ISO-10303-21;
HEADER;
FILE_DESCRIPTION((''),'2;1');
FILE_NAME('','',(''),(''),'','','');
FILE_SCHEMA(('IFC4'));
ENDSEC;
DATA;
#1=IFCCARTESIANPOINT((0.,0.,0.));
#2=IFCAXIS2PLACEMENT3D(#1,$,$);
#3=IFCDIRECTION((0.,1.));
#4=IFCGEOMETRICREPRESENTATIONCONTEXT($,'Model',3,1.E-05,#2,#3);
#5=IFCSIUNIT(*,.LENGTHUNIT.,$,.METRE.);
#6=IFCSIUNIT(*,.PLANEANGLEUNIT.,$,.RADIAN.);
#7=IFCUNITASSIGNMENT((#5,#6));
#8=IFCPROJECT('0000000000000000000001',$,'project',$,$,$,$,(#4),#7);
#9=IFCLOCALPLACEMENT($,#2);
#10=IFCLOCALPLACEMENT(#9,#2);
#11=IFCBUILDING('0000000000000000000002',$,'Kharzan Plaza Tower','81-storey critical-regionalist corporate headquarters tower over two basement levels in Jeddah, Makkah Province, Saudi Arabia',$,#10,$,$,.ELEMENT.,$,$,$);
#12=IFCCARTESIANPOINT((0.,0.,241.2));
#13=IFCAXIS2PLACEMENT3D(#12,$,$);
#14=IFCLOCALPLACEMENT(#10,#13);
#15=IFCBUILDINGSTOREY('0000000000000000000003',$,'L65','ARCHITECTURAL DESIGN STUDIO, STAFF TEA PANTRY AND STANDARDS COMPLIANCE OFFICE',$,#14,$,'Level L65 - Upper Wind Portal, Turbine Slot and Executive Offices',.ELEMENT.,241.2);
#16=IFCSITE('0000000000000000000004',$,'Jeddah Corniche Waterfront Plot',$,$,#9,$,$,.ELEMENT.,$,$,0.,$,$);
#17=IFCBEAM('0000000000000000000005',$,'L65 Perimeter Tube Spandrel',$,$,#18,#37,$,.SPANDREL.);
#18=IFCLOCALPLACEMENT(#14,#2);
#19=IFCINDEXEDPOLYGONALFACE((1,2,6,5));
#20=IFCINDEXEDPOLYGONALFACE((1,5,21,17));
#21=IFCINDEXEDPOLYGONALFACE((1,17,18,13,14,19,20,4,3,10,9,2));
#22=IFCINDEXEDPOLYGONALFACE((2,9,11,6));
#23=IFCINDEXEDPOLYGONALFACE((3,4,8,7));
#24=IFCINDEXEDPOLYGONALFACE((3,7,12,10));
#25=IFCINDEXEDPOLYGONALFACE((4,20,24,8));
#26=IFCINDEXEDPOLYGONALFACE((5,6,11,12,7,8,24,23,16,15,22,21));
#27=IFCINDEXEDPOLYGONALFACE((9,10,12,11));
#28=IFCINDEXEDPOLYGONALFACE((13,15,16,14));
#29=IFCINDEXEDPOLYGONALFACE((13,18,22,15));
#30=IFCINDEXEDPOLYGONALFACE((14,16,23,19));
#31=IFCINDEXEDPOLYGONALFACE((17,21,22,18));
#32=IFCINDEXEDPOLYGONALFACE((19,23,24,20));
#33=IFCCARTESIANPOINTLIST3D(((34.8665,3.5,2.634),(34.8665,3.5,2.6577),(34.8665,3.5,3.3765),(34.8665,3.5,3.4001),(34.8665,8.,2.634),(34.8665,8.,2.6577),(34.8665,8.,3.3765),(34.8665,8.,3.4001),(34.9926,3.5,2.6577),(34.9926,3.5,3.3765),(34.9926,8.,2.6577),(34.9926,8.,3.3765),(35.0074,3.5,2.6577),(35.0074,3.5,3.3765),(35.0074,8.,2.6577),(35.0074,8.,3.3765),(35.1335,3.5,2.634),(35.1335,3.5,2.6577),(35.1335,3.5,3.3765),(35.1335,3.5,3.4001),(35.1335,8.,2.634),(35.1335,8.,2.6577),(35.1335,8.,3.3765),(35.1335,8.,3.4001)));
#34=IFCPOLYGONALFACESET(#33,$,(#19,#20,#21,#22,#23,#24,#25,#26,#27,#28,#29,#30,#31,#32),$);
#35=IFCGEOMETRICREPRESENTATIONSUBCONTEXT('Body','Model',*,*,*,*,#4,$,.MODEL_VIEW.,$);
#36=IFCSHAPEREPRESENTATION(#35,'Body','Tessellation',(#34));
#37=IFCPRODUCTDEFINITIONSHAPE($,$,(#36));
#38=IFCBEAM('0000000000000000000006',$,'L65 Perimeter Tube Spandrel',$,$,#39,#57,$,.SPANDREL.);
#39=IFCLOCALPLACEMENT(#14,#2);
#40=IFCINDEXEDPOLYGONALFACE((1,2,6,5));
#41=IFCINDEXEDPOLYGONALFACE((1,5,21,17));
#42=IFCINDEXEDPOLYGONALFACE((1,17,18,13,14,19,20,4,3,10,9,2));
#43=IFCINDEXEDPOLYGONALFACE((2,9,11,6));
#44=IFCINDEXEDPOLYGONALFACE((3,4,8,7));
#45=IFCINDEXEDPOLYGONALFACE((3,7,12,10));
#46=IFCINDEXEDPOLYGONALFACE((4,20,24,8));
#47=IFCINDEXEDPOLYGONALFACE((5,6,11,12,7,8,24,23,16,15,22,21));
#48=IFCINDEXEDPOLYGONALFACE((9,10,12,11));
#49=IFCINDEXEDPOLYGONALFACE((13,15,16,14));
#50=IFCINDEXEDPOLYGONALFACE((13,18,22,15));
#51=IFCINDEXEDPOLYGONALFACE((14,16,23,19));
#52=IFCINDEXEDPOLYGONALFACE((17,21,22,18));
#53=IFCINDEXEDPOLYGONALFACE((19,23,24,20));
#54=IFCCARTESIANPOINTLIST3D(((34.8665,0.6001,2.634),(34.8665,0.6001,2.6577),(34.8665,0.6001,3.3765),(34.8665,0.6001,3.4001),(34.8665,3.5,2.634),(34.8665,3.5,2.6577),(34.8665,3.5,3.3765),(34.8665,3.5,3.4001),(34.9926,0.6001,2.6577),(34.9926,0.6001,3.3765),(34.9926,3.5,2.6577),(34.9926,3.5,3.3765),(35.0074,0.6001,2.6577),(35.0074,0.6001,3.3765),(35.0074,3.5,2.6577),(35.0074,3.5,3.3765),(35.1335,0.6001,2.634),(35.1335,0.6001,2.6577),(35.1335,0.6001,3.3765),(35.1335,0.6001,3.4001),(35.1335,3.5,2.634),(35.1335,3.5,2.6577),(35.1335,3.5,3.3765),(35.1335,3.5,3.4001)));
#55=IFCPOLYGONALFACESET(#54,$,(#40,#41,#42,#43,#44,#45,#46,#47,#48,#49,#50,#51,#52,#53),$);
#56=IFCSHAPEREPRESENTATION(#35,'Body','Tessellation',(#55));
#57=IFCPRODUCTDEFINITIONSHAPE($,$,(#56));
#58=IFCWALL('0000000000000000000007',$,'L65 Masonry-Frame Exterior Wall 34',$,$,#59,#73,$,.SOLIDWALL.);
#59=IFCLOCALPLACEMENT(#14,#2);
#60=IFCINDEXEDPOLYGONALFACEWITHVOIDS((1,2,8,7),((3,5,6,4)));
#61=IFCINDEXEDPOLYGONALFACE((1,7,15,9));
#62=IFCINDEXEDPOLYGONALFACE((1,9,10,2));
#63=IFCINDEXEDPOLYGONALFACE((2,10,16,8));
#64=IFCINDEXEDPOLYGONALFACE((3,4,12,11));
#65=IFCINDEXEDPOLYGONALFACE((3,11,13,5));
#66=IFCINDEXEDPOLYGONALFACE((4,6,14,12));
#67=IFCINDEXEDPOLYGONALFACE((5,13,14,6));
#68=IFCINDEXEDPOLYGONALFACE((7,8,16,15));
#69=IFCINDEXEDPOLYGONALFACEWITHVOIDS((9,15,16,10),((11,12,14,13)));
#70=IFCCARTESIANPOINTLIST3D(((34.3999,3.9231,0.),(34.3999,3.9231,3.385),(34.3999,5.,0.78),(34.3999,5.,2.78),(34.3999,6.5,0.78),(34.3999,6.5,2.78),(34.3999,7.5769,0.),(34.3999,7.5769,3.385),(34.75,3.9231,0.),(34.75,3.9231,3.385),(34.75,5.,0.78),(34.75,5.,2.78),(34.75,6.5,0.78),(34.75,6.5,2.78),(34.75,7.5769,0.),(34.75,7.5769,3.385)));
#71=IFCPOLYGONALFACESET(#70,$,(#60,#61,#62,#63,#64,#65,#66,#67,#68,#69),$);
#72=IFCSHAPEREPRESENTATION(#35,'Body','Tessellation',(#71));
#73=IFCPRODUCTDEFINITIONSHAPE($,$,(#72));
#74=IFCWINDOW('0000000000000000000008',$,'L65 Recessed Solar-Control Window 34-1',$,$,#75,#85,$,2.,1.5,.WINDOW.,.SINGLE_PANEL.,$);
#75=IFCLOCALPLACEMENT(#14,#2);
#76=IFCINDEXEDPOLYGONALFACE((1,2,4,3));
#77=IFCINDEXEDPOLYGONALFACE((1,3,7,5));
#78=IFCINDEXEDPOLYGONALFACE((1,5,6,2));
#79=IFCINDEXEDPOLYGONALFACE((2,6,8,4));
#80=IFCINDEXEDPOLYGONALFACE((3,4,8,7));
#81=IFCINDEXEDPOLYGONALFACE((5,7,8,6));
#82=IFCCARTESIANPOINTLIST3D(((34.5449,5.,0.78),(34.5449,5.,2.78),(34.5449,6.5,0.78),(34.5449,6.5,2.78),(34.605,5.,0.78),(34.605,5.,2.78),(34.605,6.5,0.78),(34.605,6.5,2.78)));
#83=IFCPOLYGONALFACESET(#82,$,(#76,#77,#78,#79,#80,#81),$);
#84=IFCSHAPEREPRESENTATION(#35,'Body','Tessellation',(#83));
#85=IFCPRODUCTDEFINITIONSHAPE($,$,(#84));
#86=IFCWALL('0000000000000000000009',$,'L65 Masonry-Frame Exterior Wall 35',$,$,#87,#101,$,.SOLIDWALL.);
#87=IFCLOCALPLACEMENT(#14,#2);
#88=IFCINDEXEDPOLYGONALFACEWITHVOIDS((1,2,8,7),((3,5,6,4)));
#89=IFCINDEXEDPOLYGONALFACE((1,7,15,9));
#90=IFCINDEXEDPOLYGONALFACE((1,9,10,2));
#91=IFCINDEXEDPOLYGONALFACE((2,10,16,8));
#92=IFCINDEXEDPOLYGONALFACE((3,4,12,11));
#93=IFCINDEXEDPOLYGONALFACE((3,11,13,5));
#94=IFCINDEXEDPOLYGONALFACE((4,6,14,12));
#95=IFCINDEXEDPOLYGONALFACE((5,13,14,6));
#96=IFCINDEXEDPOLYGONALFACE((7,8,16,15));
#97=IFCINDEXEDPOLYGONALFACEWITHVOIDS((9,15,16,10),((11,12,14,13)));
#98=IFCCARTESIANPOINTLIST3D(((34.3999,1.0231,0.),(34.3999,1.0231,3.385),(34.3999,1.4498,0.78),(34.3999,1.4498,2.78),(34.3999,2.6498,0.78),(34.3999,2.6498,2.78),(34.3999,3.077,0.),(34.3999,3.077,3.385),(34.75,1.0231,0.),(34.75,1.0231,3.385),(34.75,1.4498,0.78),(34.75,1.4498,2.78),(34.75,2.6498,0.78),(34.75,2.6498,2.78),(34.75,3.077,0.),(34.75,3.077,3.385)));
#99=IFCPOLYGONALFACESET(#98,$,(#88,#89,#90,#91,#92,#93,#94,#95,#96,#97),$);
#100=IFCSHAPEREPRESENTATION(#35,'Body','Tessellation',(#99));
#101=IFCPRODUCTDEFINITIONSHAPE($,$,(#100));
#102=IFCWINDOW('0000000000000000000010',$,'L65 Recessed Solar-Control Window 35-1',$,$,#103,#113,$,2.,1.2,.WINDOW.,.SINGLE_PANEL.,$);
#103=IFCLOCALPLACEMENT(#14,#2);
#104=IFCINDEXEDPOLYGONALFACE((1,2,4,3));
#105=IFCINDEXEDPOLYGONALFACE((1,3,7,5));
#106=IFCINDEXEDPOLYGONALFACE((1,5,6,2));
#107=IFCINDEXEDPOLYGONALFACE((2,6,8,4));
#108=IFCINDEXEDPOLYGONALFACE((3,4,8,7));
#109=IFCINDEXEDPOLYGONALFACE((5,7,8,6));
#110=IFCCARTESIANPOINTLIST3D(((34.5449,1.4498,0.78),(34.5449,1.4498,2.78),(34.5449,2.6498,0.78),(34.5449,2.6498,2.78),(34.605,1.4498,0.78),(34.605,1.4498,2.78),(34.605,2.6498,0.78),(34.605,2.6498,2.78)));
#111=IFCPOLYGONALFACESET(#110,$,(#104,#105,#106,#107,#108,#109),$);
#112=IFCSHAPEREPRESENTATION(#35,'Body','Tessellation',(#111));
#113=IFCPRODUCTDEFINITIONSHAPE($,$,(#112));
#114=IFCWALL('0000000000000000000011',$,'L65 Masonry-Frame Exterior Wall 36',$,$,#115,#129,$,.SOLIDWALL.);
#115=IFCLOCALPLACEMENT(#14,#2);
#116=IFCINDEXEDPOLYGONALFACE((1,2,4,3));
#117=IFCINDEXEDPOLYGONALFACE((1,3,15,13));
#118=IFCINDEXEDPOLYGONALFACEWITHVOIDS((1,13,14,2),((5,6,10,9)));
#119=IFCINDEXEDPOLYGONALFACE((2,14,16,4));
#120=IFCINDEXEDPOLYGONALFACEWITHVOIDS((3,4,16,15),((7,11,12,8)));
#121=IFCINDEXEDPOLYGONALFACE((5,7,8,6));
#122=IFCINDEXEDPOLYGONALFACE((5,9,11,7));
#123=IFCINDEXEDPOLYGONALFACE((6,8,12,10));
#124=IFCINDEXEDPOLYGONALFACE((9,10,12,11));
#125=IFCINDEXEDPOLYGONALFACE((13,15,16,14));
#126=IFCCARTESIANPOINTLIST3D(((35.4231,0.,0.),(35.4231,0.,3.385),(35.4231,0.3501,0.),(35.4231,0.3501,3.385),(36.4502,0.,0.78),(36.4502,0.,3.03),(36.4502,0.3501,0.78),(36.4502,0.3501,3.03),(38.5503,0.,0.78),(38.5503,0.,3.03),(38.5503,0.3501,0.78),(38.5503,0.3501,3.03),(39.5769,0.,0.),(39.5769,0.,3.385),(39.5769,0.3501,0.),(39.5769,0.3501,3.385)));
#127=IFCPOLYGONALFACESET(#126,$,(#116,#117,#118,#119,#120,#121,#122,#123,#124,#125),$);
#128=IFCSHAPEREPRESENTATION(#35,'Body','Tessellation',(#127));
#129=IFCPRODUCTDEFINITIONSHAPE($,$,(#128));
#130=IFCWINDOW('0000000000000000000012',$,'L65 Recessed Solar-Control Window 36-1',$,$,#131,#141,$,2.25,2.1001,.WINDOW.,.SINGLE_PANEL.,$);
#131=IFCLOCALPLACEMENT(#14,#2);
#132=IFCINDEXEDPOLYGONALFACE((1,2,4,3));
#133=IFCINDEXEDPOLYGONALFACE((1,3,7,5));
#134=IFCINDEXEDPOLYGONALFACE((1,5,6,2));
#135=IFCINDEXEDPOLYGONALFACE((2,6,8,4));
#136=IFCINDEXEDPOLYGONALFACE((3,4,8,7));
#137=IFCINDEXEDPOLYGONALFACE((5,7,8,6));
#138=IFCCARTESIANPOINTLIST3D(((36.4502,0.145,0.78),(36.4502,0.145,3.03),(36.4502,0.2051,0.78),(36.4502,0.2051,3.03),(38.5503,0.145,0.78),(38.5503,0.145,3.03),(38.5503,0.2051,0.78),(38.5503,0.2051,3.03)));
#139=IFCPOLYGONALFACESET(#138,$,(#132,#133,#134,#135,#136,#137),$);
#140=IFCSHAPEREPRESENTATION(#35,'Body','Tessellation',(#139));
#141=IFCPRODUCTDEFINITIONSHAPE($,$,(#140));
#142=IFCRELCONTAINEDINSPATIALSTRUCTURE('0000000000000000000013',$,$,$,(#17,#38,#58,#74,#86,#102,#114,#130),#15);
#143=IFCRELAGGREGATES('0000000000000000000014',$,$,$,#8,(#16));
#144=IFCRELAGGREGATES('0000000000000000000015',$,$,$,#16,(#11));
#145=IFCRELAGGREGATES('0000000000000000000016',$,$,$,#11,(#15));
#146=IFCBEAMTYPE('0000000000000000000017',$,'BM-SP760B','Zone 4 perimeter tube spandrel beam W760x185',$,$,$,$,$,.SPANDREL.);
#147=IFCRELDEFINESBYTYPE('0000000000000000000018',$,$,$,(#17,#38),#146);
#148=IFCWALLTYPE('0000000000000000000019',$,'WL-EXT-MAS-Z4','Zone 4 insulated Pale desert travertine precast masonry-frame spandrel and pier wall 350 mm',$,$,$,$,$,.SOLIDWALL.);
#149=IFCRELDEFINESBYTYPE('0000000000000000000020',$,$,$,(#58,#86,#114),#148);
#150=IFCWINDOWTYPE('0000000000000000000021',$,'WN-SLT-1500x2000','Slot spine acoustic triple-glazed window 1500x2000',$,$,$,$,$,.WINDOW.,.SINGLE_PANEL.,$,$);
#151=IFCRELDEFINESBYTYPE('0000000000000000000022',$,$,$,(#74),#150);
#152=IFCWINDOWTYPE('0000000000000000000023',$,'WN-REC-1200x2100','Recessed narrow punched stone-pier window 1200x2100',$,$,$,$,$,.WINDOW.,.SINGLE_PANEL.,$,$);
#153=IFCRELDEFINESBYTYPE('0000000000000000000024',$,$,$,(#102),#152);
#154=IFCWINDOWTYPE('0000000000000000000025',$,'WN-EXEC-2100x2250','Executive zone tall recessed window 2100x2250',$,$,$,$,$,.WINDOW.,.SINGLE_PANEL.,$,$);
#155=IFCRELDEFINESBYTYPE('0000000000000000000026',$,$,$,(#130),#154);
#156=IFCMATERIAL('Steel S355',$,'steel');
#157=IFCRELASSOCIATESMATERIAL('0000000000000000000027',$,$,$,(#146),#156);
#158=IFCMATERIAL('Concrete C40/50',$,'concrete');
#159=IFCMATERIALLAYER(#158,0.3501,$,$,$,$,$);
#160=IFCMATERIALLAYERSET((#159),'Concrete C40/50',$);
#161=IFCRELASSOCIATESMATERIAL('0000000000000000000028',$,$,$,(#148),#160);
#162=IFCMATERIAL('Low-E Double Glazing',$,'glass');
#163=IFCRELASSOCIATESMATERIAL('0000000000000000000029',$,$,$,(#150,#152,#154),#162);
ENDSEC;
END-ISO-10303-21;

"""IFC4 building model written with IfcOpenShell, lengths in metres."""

from ifc_helpers import new_model, si_unit, direction, frame, frame_2d, origin, origin_2d, place, context, subcontext, project, spatial, rectangle, i_section, extrude, source, transform, mapped, material, layer, layer_set, material_profile, profile_set, type_object, element, fill, save


model = new_model("IFC4")

# Units and contexts
model_context = context("Model", 3, precision=1e-05, world=origin(), true_north=direction((0.0, 1.0)))
body_context = subcontext(model_context, "Body", "Model", "MODEL_VIEW")
ifc_project = project(units=[si_unit("LENGTHUNIT", "METRE"), si_unit("PLANEANGLEUNIT", "RADIAN")], contexts=[model_context])

# Site, building, storey
site_placement = place(None, origin())
site = spatial("IfcSite", under=ifc_project, at=site_placement, Name="Jeddah Corniche Waterfront Plot", CompositionType="ELEMENT", RefElevation=0.0)
building_placement = place(site_placement, origin())
building = spatial("IfcBuilding", under=site, at=building_placement, Name="Kharzan Plaza Tower", Description="81-storey critical-regionalist corporate headquarters tower over two basement levels in Jeddah, Makkah Province, Saudi Arabia", CompositionType="ELEMENT")
storey_placement = place(building_placement, frame((0.0, 0.0, 241.2)))
storey = spatial("IfcBuildingStorey", under=building, at=storey_placement, Name="L65", Description="ARCHITECTURAL DESIGN STUDIO, STAFF TEA PANTRY AND STANDARDS COMPLIANCE OFFICE", LongName="Level L65 - Upper Wind Portal, Turbine Slot and Executive Offices", CompositionType="ELEMENT", Elevation=241.2)

# Beams
ifc_material_1 = material(Name="Steel S355", Category="steel")
ifc_material_profile_1 = material_profile(ifc_material_1, i_section(OverallWidth=0.2671, OverallDepth=0.7661, WebThickness=0.0149, FlangeThickness=0.0237, at=origin_2d()), Name="W760x185")
ifc_profile_set_1 = profile_set([ifc_material_profile_1], Name="Steel S355")
beam_type_1 = type_object("IfcBeamType", Name="BM-SP760B", Description="Zone 4 perimeter tube spandrel beam W760x185", PredefinedType="SPANDREL", material=ifc_profile_set_1)
shared_shape_1 = source(origin(), body_context, "Body", "SweptSolid", [
    extrude(i_section(OverallWidth=0.2671, OverallDepth=0.7661, WebThickness=0.0149, FlangeThickness=0.0237, at=origin_2d()), origin(), (0.0, 0.0, 1.0), 4.5),
])
beam_1_placement = place(storey_placement, frame((35.0, 3.5, 3.0171), z_axis=(0.0, 1.0, 0.0), x_axis=(-1.0, 0.0, 0.0)))
element("IfcBeam", 1, at=beam_1_placement, inside=storey, type_object=beam_type_1, Name="L65 Perimeter Tube Spandrel", PredefinedType="SPANDREL", context=body_context, shape_type="MappedRepresentation", body=[
    mapped(shared_shape_1, transform((0.0, 0.0, 0.0), x_axis=(1.0, 0.0, 0.0), y_axis=(0.0, 1.0, 0.0), z_axis=(0.0, 0.0, 1.0))),
])
shared_shape_2 = source(origin(), body_context, "Body", "SweptSolid", [
    extrude(i_section(OverallWidth=0.2671, OverallDepth=0.7661, WebThickness=0.0149, FlangeThickness=0.0237, at=origin_2d()), origin(), (0.0, 0.0, 1.0), 2.8999),
])
beam_2_placement = place(storey_placement, frame((35.0, 0.6001, 3.0171), z_axis=(0.0, 1.0, 0.0), x_axis=(-1.0, 0.0, 0.0)))
element("IfcBeam", 2, at=beam_2_placement, inside=storey, type_object=beam_type_1, Name="L65 Perimeter Tube Spandrel", PredefinedType="SPANDREL", context=body_context, shape_type="MappedRepresentation", body=[
    mapped(shared_shape_2, transform((0.0, 0.0, 0.0), x_axis=(1.0, 0.0, 0.0), y_axis=(0.0, 1.0, 0.0), z_axis=(0.0, 0.0, 1.0))),
])

# Walls, openings, windows
ifc_material_2 = material(Name="Concrete C40/50", Category="concrete")
ifc_layer_1 = layer(ifc_material_2, 0.3501)
ifc_layer_set_1 = layer_set([ifc_layer_1], Name="Concrete C40/50")
wall_type_1 = type_object("IfcWallType", Name="WL-EXT-MAS-Z4", Description="Zone 4 insulated Pale desert travertine precast masonry-frame spandrel and pier wall 350 mm", PredefinedType="SOLIDWALL", material=ifc_layer_set_1)
wall_1_placement = place(storey_placement, frame((34.575, 7.5769, 0.0), z_axis=(0.0, 0.0, 1.0), x_axis=(0.0, -1.0, 0.0)))
wall_1 = element("IfcWall", 3, at=wall_1_placement, inside=storey, type_object=wall_type_1, Name="L65 Masonry-Frame Exterior Wall 34", PredefinedType="SOLIDWALL", context=body_context, shape_type="SweptSolid", body=[
    extrude(rectangle(XDim=3.6538, YDim=0.3501, at=frame_2d((1.8269, 0.0))), origin(), (0.0, 0.0, 1.0), 3.385),
])
opening_1_placement = place(wall_1_placement, frame((1.0769, 0.0, 0.78)))
opening_1 = element("IfcOpeningElement", 4, at=opening_1_placement, cuts=wall_1, PredefinedType="OPENING", context=body_context, shape_type="SweptSolid", body=[
    extrude(rectangle(XDim=1.5, YDim=2.0, at=frame_2d((0.75, 1.0))), frame((0.0, 0.1851, 0.0), z_axis=(0.0, -1.0, 0.0), x_axis=(1.0, 0.0, 0.0)), (0.0, 0.0, 1.0), 0.3701),
])
ifc_material_3 = material(Name="Low-E Double Glazing", Category="glass")
window_type_1 = type_object("IfcWindowType", Name="WN-SLT-1500x2000", Description="Slot spine acoustic triple-glazed window 1500x2000", PartitioningType="SINGLE_PANEL", PredefinedType="WINDOW", material=ifc_material_3)
shared_shape_3 = source(origin(), body_context, "Body", "SweptSolid", [
    extrude(rectangle(XDim=1.5, YDim=2.0, at=frame_2d((0.75, 1.0))), frame((0.0, 0.03, 0.0), z_axis=(0.0, -1.0, 0.0), x_axis=(1.0, 0.0, 0.0)), (0.0, 0.0, 1.0), 0.0601),
])
window_1_placement = place(opening_1_placement, origin())
window_1 = element("IfcWindow", 5, at=window_1_placement, inside=storey, type_object=window_type_1, Name="L65 Recessed Solar-Control Window 34-1", OverallHeight=2.0, OverallWidth=1.5, PartitioningType="SINGLE_PANEL", PredefinedType="WINDOW", context=body_context, shape_type="MappedRepresentation", body=[
    mapped(shared_shape_3, transform((0.0, 0.0, 0.0), x_axis=(1.0, 0.0, 0.0), y_axis=(0.0, 1.0, 0.0), z_axis=(0.0, 0.0, 1.0))),
])
fill(opening_1, window_1)
wall_2_placement = place(storey_placement, frame((34.575, 3.0769, 0.0), z_axis=(0.0, 0.0, 1.0), x_axis=(0.0, -1.0, 0.0)))
wall_2 = element("IfcWall", 6, at=wall_2_placement, inside=storey, type_object=wall_type_1, Name="L65 Masonry-Frame Exterior Wall 35", PredefinedType="SOLIDWALL", context=body_context, shape_type="SweptSolid", body=[
    extrude(rectangle(XDim=2.054, YDim=0.3501, at=frame_2d((1.0269, 0.0))), origin(), (0.0, 0.0, 1.0), 3.385),
])
opening_2_placement = place(wall_2_placement, frame((0.427, 0.0, 0.78)))
opening_2 = element("IfcOpeningElement", 7, at=opening_2_placement, cuts=wall_2, PredefinedType="OPENING", context=body_context, shape_type="SweptSolid", body=[
    extrude(rectangle(XDim=1.2, YDim=2.0, at=frame_2d((0.6001, 1.0))), frame((0.0, 0.1851, 0.0), z_axis=(0.0, -1.0, 0.0), x_axis=(1.0, 0.0, 0.0)), (0.0, 0.0, 1.0), 0.3701),
])
window_type_2 = type_object("IfcWindowType", Name="WN-REC-1200x2100", Description="Recessed narrow punched stone-pier window 1200x2100", PartitioningType="SINGLE_PANEL", PredefinedType="WINDOW", material=ifc_material_3)
shared_shape_4 = source(origin(), body_context, "Body", "SweptSolid", [
    extrude(rectangle(XDim=1.2, YDim=2.0, at=frame_2d((0.6001, 1.0))), frame((0.0, 0.03, 0.0), z_axis=(0.0, -1.0, 0.0), x_axis=(1.0, 0.0, 0.0)), (0.0, 0.0, 1.0), 0.0601),
])
window_2_placement = place(opening_2_placement, origin())
window_2 = element("IfcWindow", 8, at=window_2_placement, inside=storey, type_object=window_type_2, Name="L65 Recessed Solar-Control Window 35-1", OverallHeight=2.0, OverallWidth=1.2, PartitioningType="SINGLE_PANEL", PredefinedType="WINDOW", context=body_context, shape_type="MappedRepresentation", body=[
    mapped(shared_shape_4, transform((0.0, 0.0, 0.0), x_axis=(1.0, 0.0, 0.0), y_axis=(0.0, 1.0, 0.0), z_axis=(0.0, 0.0, 1.0))),
])
fill(opening_2, window_2)
wall_3_placement = place(storey_placement, frame((35.4231, 0.175, 0.0), z_axis=(0.0, 0.0, 1.0), x_axis=(1.0, 0.0, 0.0)))
wall_3 = element("IfcWall", 9, at=wall_3_placement, inside=storey, type_object=wall_type_1, Name="L65 Masonry-Frame Exterior Wall 36", PredefinedType="SOLIDWALL", context=body_context, shape_type="SweptSolid", body=[
    extrude(rectangle(XDim=4.1538, YDim=0.3501, at=frame_2d((2.0769, 0.0))), origin(), (0.0, 0.0, 1.0), 3.385),
])
opening_3_placement = place(wall_3_placement, frame((1.0271, 0.0, 0.78)))
opening_3 = element("IfcOpeningElement", 10, at=opening_3_placement, cuts=wall_3, PredefinedType="OPENING", context=body_context, shape_type="SweptSolid", body=[
    extrude(rectangle(XDim=2.1001, YDim=2.25, at=frame_2d((1.05, 1.125))), frame((0.0, 0.1851, 0.0), z_axis=(0.0, -1.0, 0.0), x_axis=(1.0, 0.0, 0.0)), (0.0, 0.0, 1.0), 0.3701),
])
window_type_3 = type_object("IfcWindowType", Name="WN-EXEC-2100x2250", Description="Executive zone tall recessed window 2100x2250", PartitioningType="SINGLE_PANEL", PredefinedType="WINDOW", material=ifc_material_3)
shared_shape_5 = source(origin(), body_context, "Body", "SweptSolid", [
    extrude(rectangle(XDim=2.1001, YDim=2.25, at=frame_2d((1.05, 1.125))), frame((0.0, 0.03, 0.0), z_axis=(0.0, -1.0, 0.0), x_axis=(1.0, 0.0, 0.0)), (0.0, 0.0, 1.0), 0.0601),
])
window_3_placement = place(opening_3_placement, origin())
window_3 = element("IfcWindow", 11, at=window_3_placement, inside=storey, type_object=window_type_3, Name="L65 Recessed Solar-Control Window 36-1", OverallHeight=2.25, OverallWidth=2.1001, PartitioningType="SINGLE_PANEL", PredefinedType="WINDOW", context=body_context, shape_type="MappedRepresentation", body=[
    mapped(shared_shape_5, transform((0.0, 0.0, 0.0), x_axis=(1.0, 0.0, 0.0), y_axis=(0.0, 1.0, 0.0), z_axis=(0.0, 0.0, 1.0))),
])
fill(opening_3, window_3)

save(model, "model.ifc")
